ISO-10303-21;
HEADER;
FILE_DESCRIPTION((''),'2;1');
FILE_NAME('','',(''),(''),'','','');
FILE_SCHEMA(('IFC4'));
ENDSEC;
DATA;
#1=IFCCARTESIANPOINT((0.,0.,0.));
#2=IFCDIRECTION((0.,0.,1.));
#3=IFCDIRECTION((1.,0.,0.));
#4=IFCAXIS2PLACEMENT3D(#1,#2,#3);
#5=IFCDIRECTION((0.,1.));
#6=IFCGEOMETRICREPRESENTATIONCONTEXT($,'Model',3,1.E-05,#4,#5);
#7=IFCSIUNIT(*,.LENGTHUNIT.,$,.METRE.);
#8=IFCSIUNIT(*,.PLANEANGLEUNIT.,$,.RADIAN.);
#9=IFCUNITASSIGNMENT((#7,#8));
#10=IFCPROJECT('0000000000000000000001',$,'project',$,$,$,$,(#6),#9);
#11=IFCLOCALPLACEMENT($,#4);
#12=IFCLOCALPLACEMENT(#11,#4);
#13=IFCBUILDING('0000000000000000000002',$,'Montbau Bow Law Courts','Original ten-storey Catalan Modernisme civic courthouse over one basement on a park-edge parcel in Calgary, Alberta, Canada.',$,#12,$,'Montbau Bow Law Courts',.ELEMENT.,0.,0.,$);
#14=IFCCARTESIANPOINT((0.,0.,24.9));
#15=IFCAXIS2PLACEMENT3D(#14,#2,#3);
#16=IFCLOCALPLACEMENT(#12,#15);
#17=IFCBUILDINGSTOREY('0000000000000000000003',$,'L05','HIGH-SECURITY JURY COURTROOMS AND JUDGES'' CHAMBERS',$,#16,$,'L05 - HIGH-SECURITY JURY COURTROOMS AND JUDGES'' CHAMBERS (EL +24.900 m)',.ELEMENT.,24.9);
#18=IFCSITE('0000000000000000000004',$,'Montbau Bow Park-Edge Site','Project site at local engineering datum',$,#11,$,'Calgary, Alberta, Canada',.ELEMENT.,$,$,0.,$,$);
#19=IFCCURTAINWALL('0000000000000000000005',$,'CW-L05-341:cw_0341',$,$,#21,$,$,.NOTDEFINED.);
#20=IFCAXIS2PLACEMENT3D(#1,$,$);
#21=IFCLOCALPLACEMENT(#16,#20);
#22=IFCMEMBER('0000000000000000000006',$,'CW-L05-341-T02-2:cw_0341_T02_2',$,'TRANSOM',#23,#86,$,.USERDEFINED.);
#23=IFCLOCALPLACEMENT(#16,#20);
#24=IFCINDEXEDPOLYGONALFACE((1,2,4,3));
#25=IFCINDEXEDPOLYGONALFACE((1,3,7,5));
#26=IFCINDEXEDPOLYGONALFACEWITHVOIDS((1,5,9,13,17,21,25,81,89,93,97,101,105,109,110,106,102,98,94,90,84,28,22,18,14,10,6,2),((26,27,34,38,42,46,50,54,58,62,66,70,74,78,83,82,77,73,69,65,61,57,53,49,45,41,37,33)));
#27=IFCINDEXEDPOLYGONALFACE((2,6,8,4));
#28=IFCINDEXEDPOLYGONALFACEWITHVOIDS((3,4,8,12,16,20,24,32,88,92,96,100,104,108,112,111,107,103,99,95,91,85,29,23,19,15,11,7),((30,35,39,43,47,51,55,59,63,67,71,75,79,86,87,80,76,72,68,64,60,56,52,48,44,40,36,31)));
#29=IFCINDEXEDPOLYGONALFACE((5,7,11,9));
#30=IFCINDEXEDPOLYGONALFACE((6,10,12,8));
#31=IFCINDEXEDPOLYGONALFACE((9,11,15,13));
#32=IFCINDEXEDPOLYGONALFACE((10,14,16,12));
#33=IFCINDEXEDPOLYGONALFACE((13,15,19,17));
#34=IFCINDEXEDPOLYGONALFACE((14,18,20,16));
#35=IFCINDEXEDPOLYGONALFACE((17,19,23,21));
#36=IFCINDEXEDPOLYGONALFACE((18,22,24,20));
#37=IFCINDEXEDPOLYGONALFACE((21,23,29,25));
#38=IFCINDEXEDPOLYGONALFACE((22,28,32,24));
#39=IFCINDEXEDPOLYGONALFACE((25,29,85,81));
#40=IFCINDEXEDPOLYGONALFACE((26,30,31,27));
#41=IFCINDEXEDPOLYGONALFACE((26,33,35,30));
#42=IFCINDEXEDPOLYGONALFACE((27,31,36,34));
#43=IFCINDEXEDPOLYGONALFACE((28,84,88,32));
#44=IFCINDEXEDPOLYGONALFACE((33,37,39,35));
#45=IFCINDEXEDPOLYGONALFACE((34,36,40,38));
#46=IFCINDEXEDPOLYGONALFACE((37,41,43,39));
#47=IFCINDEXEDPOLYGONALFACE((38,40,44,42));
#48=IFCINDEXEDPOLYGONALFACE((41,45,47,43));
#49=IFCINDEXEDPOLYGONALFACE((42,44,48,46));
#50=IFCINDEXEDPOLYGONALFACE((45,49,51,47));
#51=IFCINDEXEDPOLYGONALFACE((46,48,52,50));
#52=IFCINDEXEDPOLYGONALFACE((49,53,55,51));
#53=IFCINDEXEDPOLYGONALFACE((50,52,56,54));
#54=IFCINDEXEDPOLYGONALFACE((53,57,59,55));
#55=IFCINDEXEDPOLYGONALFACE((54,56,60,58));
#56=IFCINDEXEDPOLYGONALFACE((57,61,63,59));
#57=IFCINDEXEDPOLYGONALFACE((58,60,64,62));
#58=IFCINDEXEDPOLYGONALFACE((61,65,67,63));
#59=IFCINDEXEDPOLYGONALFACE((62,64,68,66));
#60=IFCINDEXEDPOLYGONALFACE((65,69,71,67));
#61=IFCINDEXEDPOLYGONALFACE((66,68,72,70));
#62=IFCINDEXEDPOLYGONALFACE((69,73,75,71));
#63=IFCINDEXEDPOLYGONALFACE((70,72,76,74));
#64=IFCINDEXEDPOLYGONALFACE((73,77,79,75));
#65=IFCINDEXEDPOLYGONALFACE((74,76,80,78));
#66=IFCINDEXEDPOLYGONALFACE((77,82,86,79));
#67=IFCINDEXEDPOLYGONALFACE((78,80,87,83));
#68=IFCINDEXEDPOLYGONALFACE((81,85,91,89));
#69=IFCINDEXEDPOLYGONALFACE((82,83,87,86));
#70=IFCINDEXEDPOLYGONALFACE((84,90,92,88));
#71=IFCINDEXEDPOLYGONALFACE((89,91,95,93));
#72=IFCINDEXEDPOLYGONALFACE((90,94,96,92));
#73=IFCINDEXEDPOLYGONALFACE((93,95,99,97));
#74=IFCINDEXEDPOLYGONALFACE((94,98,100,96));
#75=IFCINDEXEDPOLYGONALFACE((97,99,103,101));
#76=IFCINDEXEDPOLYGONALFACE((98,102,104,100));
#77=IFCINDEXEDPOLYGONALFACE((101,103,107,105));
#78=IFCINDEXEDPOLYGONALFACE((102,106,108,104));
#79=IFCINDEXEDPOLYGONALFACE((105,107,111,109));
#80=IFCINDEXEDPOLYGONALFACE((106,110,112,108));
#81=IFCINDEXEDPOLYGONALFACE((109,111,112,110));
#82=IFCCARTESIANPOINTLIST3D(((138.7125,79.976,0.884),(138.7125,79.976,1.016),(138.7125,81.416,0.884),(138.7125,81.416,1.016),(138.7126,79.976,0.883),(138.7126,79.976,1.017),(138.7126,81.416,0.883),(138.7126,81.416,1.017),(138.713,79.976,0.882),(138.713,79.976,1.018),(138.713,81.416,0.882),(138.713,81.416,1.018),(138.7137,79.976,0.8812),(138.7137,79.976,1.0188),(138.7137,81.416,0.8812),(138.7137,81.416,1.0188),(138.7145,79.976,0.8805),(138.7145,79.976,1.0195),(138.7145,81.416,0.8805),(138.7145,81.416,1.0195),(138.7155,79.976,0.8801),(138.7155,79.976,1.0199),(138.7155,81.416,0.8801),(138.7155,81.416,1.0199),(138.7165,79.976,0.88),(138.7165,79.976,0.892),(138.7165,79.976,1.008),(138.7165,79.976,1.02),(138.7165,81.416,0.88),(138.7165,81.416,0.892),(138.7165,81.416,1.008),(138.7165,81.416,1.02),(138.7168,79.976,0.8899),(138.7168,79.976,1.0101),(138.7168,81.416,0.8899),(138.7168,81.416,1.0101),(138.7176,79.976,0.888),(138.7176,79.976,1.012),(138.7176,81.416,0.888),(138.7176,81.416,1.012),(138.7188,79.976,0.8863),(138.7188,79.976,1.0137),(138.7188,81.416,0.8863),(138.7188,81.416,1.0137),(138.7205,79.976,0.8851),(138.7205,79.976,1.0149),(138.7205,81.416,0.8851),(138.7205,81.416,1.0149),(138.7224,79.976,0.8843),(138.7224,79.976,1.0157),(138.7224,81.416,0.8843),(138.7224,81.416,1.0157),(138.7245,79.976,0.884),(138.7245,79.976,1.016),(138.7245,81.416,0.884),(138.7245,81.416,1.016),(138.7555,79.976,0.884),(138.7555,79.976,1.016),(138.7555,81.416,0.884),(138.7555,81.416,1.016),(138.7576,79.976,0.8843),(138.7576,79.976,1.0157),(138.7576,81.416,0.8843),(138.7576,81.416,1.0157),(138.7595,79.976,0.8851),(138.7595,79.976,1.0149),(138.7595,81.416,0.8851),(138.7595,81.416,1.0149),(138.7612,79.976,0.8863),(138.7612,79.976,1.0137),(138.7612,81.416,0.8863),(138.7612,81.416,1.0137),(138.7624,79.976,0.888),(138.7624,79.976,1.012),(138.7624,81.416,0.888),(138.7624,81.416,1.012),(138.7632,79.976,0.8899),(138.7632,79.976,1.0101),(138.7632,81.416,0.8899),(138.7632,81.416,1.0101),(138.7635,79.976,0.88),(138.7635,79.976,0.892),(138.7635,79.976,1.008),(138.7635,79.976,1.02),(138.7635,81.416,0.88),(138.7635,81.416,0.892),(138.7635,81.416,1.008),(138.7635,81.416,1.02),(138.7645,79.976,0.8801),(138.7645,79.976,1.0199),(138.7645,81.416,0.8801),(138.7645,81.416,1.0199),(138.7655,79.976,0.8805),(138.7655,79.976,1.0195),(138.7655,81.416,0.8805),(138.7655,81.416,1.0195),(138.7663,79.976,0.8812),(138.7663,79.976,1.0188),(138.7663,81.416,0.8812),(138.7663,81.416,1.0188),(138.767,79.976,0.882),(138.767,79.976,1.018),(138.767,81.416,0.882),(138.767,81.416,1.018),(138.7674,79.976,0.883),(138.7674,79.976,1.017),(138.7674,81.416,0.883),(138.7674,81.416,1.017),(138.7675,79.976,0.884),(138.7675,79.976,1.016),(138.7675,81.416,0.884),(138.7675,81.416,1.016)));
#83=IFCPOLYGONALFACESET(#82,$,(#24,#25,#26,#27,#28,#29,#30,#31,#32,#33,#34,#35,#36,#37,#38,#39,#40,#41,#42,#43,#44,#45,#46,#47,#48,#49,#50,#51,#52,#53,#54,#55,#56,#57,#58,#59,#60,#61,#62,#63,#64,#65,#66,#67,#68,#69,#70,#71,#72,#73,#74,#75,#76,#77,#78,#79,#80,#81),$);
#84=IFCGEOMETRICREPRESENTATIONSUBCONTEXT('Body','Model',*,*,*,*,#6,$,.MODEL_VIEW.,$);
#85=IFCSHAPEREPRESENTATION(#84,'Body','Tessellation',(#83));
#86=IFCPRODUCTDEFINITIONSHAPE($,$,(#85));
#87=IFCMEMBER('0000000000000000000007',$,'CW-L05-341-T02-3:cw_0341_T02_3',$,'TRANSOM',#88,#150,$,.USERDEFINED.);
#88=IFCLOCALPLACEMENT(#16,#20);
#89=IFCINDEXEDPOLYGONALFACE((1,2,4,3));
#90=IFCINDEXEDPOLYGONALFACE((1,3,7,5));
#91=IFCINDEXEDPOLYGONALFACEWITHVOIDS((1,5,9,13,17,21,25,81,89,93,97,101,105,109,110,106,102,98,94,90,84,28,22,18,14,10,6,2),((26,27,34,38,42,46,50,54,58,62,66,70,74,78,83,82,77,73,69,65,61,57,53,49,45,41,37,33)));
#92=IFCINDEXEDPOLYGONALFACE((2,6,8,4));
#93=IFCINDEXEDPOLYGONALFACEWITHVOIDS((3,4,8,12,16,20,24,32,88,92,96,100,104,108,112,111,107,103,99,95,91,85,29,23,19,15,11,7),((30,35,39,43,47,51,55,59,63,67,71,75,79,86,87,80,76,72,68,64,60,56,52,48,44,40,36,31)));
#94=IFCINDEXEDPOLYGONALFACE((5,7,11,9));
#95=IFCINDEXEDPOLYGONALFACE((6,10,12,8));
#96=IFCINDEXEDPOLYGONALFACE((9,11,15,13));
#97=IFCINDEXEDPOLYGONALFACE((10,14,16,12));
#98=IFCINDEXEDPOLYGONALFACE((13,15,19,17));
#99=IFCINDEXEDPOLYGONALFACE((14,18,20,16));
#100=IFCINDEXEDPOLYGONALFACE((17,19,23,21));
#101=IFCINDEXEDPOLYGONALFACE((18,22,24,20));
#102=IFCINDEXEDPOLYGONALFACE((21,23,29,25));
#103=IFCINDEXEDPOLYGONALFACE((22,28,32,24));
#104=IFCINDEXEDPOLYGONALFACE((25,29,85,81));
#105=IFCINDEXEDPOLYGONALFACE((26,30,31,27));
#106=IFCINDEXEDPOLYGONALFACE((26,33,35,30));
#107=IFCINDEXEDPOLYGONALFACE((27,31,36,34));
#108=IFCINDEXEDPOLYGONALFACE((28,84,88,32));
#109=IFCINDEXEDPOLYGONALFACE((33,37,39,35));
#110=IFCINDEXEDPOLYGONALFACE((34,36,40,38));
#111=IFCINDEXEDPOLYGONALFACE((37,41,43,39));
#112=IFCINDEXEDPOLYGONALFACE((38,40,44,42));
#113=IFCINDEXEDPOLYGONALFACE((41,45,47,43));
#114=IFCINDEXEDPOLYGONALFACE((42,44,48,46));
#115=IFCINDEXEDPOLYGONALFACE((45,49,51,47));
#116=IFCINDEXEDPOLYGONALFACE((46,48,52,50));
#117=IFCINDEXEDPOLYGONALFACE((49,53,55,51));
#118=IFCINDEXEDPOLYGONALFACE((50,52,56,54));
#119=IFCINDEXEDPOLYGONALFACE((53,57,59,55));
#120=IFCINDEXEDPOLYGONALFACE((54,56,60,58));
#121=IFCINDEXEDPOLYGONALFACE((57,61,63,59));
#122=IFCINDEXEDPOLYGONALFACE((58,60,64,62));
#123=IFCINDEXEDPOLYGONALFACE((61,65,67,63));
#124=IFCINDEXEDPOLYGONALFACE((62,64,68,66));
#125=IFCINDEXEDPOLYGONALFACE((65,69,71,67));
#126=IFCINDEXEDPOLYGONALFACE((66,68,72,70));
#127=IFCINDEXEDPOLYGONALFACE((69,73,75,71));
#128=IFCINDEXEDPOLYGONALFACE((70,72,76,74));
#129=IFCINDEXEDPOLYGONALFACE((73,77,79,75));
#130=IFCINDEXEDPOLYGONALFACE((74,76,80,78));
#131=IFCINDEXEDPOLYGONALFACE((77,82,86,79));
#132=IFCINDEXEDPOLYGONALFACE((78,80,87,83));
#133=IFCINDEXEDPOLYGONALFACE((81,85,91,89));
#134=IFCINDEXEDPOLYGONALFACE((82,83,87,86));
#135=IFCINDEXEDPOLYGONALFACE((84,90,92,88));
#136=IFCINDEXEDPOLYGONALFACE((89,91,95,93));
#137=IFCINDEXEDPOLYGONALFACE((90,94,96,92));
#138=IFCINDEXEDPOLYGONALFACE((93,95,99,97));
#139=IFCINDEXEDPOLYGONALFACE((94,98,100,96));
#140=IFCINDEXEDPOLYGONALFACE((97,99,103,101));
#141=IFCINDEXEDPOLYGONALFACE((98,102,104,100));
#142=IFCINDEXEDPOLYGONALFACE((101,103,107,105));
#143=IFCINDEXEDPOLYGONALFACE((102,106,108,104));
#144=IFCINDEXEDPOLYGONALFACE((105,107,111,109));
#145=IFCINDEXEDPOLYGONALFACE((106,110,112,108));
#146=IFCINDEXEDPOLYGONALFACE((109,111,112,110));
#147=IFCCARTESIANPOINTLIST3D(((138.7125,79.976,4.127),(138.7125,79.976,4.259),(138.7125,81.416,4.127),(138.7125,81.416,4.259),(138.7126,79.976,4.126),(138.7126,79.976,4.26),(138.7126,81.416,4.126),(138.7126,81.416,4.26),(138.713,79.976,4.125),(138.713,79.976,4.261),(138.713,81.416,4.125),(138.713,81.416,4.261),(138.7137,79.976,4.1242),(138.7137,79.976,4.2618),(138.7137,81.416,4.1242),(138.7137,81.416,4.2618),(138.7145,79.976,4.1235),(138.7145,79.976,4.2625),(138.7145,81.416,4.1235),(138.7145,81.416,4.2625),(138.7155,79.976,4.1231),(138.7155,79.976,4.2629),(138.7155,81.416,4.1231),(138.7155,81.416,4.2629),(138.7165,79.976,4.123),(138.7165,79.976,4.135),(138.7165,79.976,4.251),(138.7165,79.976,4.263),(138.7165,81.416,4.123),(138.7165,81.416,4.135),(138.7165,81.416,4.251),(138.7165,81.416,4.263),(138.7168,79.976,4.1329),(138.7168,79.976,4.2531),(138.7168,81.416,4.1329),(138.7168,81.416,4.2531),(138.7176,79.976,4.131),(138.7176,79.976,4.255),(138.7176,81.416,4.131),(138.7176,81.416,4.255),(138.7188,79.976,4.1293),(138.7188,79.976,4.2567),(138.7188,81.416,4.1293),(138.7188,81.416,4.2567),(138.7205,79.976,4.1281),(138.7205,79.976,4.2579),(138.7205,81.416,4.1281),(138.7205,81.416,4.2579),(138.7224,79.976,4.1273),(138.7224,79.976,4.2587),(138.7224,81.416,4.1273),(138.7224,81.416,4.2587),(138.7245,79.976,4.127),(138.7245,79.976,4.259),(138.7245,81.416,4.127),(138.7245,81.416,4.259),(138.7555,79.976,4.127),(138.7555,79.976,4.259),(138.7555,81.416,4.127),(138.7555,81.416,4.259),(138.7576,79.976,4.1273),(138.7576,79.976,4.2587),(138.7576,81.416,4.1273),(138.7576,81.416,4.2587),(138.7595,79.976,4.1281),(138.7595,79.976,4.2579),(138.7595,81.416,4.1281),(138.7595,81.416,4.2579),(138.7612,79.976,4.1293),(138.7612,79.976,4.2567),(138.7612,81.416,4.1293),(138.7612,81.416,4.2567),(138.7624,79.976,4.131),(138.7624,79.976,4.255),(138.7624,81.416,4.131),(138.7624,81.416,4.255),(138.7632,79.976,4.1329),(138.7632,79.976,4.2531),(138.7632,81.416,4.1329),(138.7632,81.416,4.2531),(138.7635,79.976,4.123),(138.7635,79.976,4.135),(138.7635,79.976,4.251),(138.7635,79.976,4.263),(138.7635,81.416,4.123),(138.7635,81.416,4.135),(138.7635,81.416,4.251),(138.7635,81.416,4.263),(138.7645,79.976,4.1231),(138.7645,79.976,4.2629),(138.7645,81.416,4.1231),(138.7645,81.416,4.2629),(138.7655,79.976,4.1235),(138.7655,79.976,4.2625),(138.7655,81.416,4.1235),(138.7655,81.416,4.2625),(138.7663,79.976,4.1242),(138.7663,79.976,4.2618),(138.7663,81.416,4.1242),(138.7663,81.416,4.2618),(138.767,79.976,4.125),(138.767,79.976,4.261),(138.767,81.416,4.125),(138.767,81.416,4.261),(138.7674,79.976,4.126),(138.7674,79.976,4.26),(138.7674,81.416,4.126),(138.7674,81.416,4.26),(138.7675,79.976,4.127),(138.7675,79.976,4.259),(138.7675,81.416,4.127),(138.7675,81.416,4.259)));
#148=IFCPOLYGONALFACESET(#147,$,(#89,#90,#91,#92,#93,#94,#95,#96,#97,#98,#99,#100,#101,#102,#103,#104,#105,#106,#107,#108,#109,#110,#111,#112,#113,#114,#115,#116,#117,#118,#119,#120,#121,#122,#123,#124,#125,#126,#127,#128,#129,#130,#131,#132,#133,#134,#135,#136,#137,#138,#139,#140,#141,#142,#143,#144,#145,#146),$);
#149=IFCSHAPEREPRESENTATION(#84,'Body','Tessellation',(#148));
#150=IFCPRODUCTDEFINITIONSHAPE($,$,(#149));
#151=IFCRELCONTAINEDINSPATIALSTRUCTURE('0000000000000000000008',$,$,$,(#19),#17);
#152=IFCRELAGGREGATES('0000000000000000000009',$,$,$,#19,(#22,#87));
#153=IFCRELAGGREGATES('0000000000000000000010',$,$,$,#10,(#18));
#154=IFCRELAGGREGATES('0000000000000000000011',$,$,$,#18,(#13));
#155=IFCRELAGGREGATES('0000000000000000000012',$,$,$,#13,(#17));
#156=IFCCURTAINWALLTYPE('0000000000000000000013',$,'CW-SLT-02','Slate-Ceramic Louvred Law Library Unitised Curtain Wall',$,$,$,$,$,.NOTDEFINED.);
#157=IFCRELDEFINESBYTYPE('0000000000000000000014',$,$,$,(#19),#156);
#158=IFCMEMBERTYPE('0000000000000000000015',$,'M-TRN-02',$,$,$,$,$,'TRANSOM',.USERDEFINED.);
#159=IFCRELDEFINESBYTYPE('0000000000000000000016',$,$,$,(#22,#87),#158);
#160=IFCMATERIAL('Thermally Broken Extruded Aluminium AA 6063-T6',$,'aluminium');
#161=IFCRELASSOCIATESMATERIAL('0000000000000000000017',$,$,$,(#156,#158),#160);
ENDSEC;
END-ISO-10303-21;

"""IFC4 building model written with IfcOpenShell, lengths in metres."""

from ifc_helpers import new_model, si_unit, direction, frame, origin_with_axes, origin_2d_with_axis, place, context, subcontext, project, spatial, hollow_rectangle, extrude, material, material_profile, profile_set, type_object, element, aggregate, save


model = new_model("IFC4")

# Units and contexts
model_context = context("Model", 3, precision=1e-05, world=origin_with_axes(), true_north=direction((0.0, 1.0)))
body_context = subcontext(model_context, "Body", "Model", "MODEL_VIEW")
ifc_project = project(units=[si_unit("LENGTHUNIT", "METRE"), si_unit("PLANEANGLEUNIT", "RADIAN")], contexts=[model_context])

# Site, building, storey
site_placement = place(None, origin_with_axes())
site = spatial("IfcSite", under=ifc_project, at=site_placement, Name="Montbau Bow Park-Edge Site", Description="Project site at local engineering datum", LongName="Calgary, Alberta, Canada", CompositionType="ELEMENT", RefElevation=0.0)
building_placement = place(site_placement, origin_with_axes())
building = spatial("IfcBuilding", under=site, at=building_placement, Name="Montbau Bow Law Courts", Description="Original ten-storey Catalan Modernisme civic courthouse over one basement on a park-edge parcel in Calgary, Alberta, Canada.", LongName="Montbau Bow Law Courts", CompositionType="ELEMENT", ElevationOfRefHeight=0.0, ElevationOfTerrain=0.0)
storey_placement = place(building_placement, frame((0.0, 0.0, 24.9), z_axis=(0.0, 0.0, 1.0), x_axis=(1.0, 0.0, 0.0)))
storey = spatial("IfcBuildingStorey", under=building, at=storey_placement, Name="L05", Description="HIGH-SECURITY JURY COURTROOMS AND JUDGES' CHAMBERS", LongName="L05 - HIGH-SECURITY JURY COURTROOMS AND JUDGES' CHAMBERS (EL +24.900 m)", CompositionType="ELEMENT", Elevation=24.9)

# Curtain wall, members
ifc_material_1 = material(Name="Thermally Broken Extruded Aluminium AA 6063-T6", Category="aluminium")
curtain_wall_type = type_object("IfcCurtainWallType", Name="CW-SLT-02", Description="Slate-Ceramic Louvred Law Library Unitised Curtain Wall", PredefinedType="NOTDEFINED", material=ifc_material_1)
ifc_material_profile = material_profile(ifc_material_1, hollow_rectangle(XDim=0.055, YDim=0.14, WallThickness=0.004, InnerFilletRadius=0.008, OuterFilletRadius=0.004, at=origin_2d_with_axis()), Name="CWT-140X55", Category="Main", Priority=0)
ifc_profile_set = profile_set([ifc_material_profile], Name="Thermally Broken Extruded Aluminium AA 6063-T6")
member_type = type_object("IfcMemberType", Name="M-TRN-02", ElementType="TRANSOM", PredefinedType="USERDEFINED", material=ifc_profile_set)
curtain_wall_1_placement = place(None, frame((138.74, 78.44, 24.9), z_axis=(0.0, 0.0, 1.0), x_axis=(1.0, 0.0, 0.0)))
curtain_wall_1 = element("IfcCurtainWall", 1, at=curtain_wall_1_placement, inside=storey, type_object=curtain_wall_type, Name="CW-L05-341:cw_0341", PredefinedType="NOTDEFINED")
member_1_placement = place(None, frame((138.74, 79.976, 25.85), z_axis=(0.0, 1.0, 0.0), x_axis=(-1.0, 0.0, 0.0)))
member_1 = element("IfcMember", 2, at=member_1_placement, type_object=member_type, Name="CW-L05-341-T02-2:cw_0341_T02_2", ObjectType="TRANSOM", PredefinedType="USERDEFINED", context=body_context, shape_type="SweptSolid", body=[
    extrude(hollow_rectangle(XDim=0.055, YDim=0.14, WallThickness=0.004, InnerFilletRadius=0.008, OuterFilletRadius=0.004, at=origin_2d_with_axis()), origin_with_axes(), (0.0, 0.0, 1.0), 1.44),
])
member_2_placement = place(None, frame((138.74, 79.976, 29.093), z_axis=(0.0, 1.0, 0.0), x_axis=(-1.0, 0.0, 0.0)))
member_2 = element("IfcMember", 3, at=member_2_placement, type_object=member_type, Name="CW-L05-341-T02-3:cw_0341_T02_3", ObjectType="TRANSOM", PredefinedType="USERDEFINED", context=body_context, shape_type="SweptSolid", body=[
    extrude(hollow_rectangle(XDim=0.055, YDim=0.14, WallThickness=0.004, InnerFilletRadius=0.008, OuterFilletRadius=0.004, at=origin_2d_with_axis()), origin_with_axes(), (0.0, 0.0, 1.0), 1.44),
])

aggregate(curtain_wall_1, [member_1, member_2])

save(model, "model.ifc")
